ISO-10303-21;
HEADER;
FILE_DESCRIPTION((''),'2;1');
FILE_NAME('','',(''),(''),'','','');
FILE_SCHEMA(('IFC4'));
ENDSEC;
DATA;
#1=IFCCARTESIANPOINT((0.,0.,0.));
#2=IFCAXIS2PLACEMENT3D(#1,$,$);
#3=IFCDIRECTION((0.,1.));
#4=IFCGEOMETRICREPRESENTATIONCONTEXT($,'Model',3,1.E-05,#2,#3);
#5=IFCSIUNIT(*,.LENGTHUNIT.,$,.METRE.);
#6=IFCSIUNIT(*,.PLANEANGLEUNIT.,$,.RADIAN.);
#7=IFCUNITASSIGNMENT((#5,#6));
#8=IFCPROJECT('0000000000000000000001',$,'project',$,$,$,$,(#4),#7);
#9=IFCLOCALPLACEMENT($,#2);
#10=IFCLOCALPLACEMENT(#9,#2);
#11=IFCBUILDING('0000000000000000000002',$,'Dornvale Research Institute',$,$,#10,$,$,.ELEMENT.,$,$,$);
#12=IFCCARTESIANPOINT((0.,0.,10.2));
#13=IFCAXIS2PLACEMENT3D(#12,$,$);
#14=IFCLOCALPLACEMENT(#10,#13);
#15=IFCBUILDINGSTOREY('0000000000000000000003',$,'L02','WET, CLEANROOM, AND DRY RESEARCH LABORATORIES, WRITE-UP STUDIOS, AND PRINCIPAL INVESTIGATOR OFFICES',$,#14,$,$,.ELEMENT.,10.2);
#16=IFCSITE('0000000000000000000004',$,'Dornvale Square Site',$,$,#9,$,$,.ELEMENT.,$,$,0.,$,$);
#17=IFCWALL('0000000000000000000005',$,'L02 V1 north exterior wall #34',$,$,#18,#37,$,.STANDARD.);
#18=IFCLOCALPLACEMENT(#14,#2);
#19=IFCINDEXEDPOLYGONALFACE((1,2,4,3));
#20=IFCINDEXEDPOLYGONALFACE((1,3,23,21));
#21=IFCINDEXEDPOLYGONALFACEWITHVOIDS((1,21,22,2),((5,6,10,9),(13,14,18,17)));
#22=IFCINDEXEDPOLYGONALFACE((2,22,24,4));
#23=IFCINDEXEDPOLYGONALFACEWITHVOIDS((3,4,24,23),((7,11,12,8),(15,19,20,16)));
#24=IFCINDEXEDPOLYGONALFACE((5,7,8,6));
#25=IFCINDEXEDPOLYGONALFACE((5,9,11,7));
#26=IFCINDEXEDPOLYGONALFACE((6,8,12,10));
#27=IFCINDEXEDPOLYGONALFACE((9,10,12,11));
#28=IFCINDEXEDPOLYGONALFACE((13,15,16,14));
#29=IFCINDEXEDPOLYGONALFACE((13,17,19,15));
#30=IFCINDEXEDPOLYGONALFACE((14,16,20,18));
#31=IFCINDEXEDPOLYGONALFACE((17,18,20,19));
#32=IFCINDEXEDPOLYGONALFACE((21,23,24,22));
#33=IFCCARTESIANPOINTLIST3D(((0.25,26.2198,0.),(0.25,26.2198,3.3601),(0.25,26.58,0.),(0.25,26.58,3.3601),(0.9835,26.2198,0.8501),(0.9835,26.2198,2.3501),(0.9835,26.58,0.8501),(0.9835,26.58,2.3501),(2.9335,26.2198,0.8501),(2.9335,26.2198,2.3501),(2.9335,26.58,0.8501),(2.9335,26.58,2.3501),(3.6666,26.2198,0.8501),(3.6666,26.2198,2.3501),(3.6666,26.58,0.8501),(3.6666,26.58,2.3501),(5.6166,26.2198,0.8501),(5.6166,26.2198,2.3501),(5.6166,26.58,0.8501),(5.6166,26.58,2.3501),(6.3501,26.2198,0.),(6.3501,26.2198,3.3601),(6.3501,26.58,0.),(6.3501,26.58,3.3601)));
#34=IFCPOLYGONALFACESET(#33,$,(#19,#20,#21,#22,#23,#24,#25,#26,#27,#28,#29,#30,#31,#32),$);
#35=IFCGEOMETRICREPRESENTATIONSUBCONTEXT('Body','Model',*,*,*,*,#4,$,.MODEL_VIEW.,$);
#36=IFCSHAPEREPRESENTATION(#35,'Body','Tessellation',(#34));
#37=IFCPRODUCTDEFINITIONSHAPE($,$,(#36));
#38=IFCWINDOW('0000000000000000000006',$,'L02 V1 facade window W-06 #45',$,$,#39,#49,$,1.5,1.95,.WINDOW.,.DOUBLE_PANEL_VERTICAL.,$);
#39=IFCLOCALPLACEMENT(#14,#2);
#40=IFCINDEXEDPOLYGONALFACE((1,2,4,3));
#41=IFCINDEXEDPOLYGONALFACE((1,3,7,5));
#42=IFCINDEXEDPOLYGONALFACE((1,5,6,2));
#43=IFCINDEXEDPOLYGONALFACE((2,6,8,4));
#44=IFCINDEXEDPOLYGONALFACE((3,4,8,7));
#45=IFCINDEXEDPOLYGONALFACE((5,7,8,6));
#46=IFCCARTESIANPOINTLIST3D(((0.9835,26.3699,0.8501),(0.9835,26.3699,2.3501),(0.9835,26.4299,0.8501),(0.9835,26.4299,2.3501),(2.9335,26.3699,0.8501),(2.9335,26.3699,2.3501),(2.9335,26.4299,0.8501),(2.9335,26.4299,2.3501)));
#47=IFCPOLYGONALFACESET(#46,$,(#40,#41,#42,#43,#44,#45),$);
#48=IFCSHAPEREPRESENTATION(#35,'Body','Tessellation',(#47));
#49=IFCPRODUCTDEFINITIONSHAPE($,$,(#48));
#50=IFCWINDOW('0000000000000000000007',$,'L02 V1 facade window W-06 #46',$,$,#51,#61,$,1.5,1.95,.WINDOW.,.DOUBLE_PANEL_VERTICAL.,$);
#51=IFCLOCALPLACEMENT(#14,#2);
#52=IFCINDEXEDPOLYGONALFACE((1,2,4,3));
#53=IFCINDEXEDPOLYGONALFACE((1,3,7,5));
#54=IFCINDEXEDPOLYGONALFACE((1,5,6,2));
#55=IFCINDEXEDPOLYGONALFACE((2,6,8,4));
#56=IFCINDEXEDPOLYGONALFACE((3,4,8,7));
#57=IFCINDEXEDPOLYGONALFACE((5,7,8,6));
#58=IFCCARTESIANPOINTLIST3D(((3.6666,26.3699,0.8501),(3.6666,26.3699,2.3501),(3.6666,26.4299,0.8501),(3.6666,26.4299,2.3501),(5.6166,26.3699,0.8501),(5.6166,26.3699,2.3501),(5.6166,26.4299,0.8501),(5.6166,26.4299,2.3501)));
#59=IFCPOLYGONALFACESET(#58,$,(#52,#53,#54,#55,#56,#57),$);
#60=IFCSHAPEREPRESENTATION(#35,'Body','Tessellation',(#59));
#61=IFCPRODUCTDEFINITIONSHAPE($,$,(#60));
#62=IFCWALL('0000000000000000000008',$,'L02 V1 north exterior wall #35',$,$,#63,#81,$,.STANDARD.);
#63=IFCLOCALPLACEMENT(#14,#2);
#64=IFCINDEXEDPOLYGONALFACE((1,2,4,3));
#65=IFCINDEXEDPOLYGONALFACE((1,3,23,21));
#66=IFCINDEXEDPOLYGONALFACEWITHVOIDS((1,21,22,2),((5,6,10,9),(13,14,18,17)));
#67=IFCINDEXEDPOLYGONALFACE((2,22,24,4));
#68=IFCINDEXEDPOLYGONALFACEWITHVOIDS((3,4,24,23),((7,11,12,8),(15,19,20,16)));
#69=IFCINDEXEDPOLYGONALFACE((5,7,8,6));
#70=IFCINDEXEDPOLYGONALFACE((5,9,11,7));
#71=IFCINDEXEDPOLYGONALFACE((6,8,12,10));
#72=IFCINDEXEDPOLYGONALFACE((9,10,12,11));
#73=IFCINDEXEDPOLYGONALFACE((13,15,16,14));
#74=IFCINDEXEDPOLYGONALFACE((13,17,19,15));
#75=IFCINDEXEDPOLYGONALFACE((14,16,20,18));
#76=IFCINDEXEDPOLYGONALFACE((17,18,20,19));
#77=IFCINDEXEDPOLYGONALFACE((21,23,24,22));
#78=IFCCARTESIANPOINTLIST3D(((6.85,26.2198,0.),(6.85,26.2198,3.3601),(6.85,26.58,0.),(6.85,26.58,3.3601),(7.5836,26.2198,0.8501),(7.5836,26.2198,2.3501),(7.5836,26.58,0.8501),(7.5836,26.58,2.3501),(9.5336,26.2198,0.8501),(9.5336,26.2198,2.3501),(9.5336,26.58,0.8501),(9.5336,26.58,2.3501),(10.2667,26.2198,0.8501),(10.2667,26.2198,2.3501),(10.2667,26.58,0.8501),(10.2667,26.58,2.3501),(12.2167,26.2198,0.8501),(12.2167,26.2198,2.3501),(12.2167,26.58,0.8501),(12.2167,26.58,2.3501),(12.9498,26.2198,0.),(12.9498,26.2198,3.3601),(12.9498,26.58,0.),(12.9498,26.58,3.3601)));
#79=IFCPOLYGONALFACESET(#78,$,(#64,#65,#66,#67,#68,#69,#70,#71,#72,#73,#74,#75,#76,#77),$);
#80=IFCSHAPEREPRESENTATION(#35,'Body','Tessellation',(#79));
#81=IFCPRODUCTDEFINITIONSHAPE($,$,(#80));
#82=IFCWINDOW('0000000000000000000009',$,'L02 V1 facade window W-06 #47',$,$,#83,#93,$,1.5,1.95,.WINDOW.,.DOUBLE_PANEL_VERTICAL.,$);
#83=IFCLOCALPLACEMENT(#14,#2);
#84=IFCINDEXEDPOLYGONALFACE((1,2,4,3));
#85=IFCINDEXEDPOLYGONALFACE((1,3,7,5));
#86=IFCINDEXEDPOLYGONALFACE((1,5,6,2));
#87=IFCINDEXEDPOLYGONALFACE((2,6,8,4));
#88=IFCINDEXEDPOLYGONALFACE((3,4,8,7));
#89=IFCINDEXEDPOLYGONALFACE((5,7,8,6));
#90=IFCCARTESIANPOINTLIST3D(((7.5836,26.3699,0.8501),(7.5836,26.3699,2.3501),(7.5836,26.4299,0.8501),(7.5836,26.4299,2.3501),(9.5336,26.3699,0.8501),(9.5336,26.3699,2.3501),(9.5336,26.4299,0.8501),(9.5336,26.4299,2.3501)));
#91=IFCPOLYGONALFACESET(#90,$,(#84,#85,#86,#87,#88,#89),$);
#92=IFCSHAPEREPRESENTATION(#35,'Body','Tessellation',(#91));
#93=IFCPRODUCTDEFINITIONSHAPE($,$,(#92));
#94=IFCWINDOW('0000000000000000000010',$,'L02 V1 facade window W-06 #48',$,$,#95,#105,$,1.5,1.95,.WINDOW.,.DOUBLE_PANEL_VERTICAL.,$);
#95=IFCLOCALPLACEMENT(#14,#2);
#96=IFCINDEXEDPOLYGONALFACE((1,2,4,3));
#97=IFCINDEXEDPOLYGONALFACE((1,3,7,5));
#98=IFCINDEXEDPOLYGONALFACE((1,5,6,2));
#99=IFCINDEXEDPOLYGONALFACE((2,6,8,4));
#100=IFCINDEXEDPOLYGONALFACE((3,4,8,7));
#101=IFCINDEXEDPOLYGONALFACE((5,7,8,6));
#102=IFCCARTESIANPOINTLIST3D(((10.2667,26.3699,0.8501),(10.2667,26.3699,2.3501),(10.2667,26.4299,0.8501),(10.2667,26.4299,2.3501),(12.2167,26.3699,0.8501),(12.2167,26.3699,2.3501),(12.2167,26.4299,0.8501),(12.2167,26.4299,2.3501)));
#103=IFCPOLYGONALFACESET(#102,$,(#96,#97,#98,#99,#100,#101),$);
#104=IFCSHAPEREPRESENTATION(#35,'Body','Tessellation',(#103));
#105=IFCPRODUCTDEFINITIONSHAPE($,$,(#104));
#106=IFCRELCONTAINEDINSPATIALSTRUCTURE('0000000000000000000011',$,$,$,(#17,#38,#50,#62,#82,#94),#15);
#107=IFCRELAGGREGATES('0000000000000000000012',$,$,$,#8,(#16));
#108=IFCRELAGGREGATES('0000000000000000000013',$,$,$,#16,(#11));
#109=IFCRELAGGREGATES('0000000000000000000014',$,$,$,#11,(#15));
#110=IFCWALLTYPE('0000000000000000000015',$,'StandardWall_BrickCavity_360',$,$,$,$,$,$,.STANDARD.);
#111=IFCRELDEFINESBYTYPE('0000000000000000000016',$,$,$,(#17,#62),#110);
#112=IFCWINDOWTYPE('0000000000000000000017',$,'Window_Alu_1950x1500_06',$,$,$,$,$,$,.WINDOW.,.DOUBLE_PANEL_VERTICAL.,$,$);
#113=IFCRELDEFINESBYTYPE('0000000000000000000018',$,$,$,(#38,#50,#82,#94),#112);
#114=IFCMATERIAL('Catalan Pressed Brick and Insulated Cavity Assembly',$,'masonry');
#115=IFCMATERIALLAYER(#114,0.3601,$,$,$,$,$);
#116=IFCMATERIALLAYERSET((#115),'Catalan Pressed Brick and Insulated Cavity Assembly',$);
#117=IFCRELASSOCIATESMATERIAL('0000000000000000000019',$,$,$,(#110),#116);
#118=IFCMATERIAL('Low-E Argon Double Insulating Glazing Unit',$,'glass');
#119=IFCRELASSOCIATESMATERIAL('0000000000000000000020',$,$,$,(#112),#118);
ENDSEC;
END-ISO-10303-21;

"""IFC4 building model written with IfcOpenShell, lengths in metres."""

from ifc_helpers import new_model, si_unit, direction, frame, frame_2d, origin, place, context, subcontext, project, spatial, rectangle, extrude, material, layer, layer_set, type_object, element, fill, save


model = new_model("IFC4")

# Units and contexts
model_context = context("Model", 3, precision=1e-05, world=origin(), true_north=direction((0.0, 1.0)))
body_context = subcontext(model_context, "Body", "Model", "MODEL_VIEW")
ifc_project = project(units=[si_unit("LENGTHUNIT", "METRE"), si_unit("PLANEANGLEUNIT", "RADIAN")], contexts=[model_context])

# Site, building, storey
site_placement = place(None, origin())
site = spatial("IfcSite", under=ifc_project, at=site_placement, Name="Dornvale Square Site", CompositionType="ELEMENT", RefElevation=0.0)
building_placement = place(site_placement, origin())
building = spatial("IfcBuilding", under=site, at=building_placement, Name="Dornvale Research Institute", CompositionType="ELEMENT")
storey_placement = place(building_placement, frame((0.0, 0.0, 10.2)))
storey = spatial("IfcBuildingStorey", under=building, at=storey_placement, Name="L02", Description="WET, CLEANROOM, AND DRY RESEARCH LABORATORIES, WRITE-UP STUDIOS, AND PRINCIPAL INVESTIGATOR OFFICES", CompositionType="ELEMENT", Elevation=10.2)

# Walls, openings, windows
ifc_material_1 = material(Name="Catalan Pressed Brick and Insulated Cavity Assembly", Category="masonry")
ifc_layer_1 = layer(ifc_material_1, 0.3601)
ifc_layer_set_1 = layer_set([ifc_layer_1], Name="Catalan Pressed Brick and Insulated Cavity Assembly")
wall_type_1 = type_object("IfcWallType", Name="StandardWall_BrickCavity_360", PredefinedType="STANDARD", material=ifc_layer_set_1)
wall_1_placement = place(storey_placement, frame((0.25, 26.3999, 0.0), z_axis=(0.0, 0.0, 1.0), x_axis=(1.0, 0.0, 0.0)))
wall_1 = element("IfcWall", 1, at=wall_1_placement, inside=storey, type_object=wall_type_1, Name="L02 V1 north exterior wall #34", PredefinedType="STANDARD", context=body_context, shape_type="SweptSolid", body=[
    extrude(rectangle(XDim=6.1001, YDim=0.3601, at=frame_2d((3.05, 0.0))), origin(), (0.0, 0.0, 1.0), 3.3601),
])
opening_1_placement = place(wall_1_placement, frame((0.7334, 0.0, 0.8501)))
opening_1 = element("IfcOpeningElement", 2, at=opening_1_placement, cuts=wall_1, PredefinedType="OPENING", context=body_context, shape_type="SweptSolid", body=[
    extrude(rectangle(XDim=1.95, YDim=1.5, at=frame_2d((0.9751, 0.75))), frame((0.0, 0.1951, 0.0), z_axis=(0.0, -1.0, 0.0), x_axis=(1.0, 0.0, 0.0)), (0.0, 0.0, 1.0), 0.3901),
])
opening_2_placement = place(wall_1_placement, frame((3.4165, 0.0, 0.8501)))
opening_2 = element("IfcOpeningElement", 3, at=opening_2_placement, cuts=wall_1, PredefinedType="OPENING", context=body_context, shape_type="SweptSolid", body=[
    extrude(rectangle(XDim=1.95, YDim=1.5, at=frame_2d((0.9751, 0.75))), frame((0.0, 0.1951, 0.0), z_axis=(0.0, -1.0, 0.0), x_axis=(1.0, 0.0, 0.0)), (0.0, 0.0, 1.0), 0.3901),
])
ifc_material_2 = material(Name="Low-E Argon Double Insulating Glazing Unit", Category="glass")
window_type = type_object("IfcWindowType", Name="Window_Alu_1950x1500_06", PartitioningType="DOUBLE_PANEL_VERTICAL", PredefinedType="WINDOW", material=ifc_material_2)
window_1_placement = place(opening_1_placement, origin())
window_1 = element("IfcWindow", 4, at=window_1_placement, inside=storey, type_object=window_type, Name="L02 V1 facade window W-06 #45", OverallHeight=1.5, OverallWidth=1.95, PartitioningType="DOUBLE_PANEL_VERTICAL", PredefinedType="WINDOW", context=body_context, shape_type="SweptSolid", body=[
    extrude(rectangle(XDim=1.95, YDim=1.5, at=frame_2d((0.9751, 0.75))), frame((0.0, 0.03, 0.0), z_axis=(0.0, -1.0, 0.0), x_axis=(1.0, 0.0, 0.0)), (0.0, 0.0, 1.0), 0.0601),
])
fill(opening_1, window_1)
window_2_placement = place(opening_2_placement, origin())
window_2 = element("IfcWindow", 5, at=window_2_placement, inside=storey, type_object=window_type, Name="L02 V1 facade window W-06 #46", OverallHeight=1.5, OverallWidth=1.95, PartitioningType="DOUBLE_PANEL_VERTICAL", PredefinedType="WINDOW", context=body_context, shape_type="SweptSolid", body=[
    extrude(rectangle(XDim=1.95, YDim=1.5, at=frame_2d((0.9751, 0.75))), frame((0.0, 0.03, 0.0), z_axis=(0.0, -1.0, 0.0), x_axis=(1.0, 0.0, 0.0)), (0.0, 0.0, 1.0), 0.0601),
])
fill(opening_2, window_2)
wall_2_placement = place(storey_placement, frame((6.8501, 26.3999, 0.0), z_axis=(0.0, 0.0, 1.0), x_axis=(1.0, 0.0, 0.0)))
wall_2 = element("IfcWall", 6, at=wall_2_placement, inside=storey, type_object=wall_type_1, Name="L02 V1 north exterior wall #35", PredefinedType="STANDARD", context=body_context, shape_type="SweptSolid", body=[
    extrude(rectangle(XDim=6.0999, YDim=0.3601, at=frame_2d((3.0498, 0.0))), origin(), (0.0, 0.0, 1.0), 3.3601),
])
opening_3_placement = place(wall_2_placement, frame((0.7334, 0.0, 0.8501)))
opening_3 = element("IfcOpeningElement", 7, at=opening_3_placement, cuts=wall_2, PredefinedType="OPENING", context=body_context, shape_type="SweptSolid", body=[
    extrude(rectangle(XDim=1.95, YDim=1.5, at=frame_2d((0.9751, 0.75))), frame((0.0, 0.1951, 0.0), z_axis=(0.0, -1.0, 0.0), x_axis=(1.0, 0.0, 0.0)), (0.0, 0.0, 1.0), 0.3901),
])
opening_4_placement = place(wall_2_placement, frame((3.4165, 0.0, 0.8501)))
opening_4 = element("IfcOpeningElement", 8, at=opening_4_placement, cuts=wall_2, PredefinedType="OPENING", context=body_context, shape_type="SweptSolid", body=[
    extrude(rectangle(XDim=1.95, YDim=1.5, at=frame_2d((0.9751, 0.75))), frame((0.0, 0.1951, 0.0), z_axis=(0.0, -1.0, 0.0), x_axis=(1.0, 0.0, 0.0)), (0.0, 0.0, 1.0), 0.3901),
])
window_3_placement = place(opening_3_placement, origin())
window_3 = element("IfcWindow", 9, at=window_3_placement, inside=storey, type_object=window_type, Name="L02 V1 facade window W-06 #47", OverallHeight=1.5, OverallWidth=1.95, PartitioningType="DOUBLE_PANEL_VERTICAL", PredefinedType="WINDOW", context=body_context, shape_type="SweptSolid", body=[
    extrude(rectangle(XDim=1.95, YDim=1.5, at=frame_2d((0.9751, 0.75))), frame((0.0, 0.03, 0.0), z_axis=(0.0, -1.0, 0.0), x_axis=(1.0, 0.0, 0.0)), (0.0, 0.0, 1.0), 0.0601),
])
fill(opening_3, window_3)
window_4_placement = place(opening_4_placement, origin())
window_4 = element("IfcWindow", 10, at=window_4_placement, inside=storey, type_object=window_type, Name="L02 V1 facade window W-06 #48", OverallHeight=1.5, OverallWidth=1.95, PartitioningType="DOUBLE_PANEL_VERTICAL", PredefinedType="WINDOW", context=body_context, shape_type="SweptSolid", body=[
    extrude(rectangle(XDim=1.95, YDim=1.5, at=frame_2d((0.9751, 0.75))), frame((0.0, 0.03, 0.0), z_axis=(0.0, -1.0, 0.0), x_axis=(1.0, 0.0, 0.0)), (0.0, 0.0, 1.0), 0.0601),
])
fill(opening_4, window_4)

save(model, "model.ifc")
